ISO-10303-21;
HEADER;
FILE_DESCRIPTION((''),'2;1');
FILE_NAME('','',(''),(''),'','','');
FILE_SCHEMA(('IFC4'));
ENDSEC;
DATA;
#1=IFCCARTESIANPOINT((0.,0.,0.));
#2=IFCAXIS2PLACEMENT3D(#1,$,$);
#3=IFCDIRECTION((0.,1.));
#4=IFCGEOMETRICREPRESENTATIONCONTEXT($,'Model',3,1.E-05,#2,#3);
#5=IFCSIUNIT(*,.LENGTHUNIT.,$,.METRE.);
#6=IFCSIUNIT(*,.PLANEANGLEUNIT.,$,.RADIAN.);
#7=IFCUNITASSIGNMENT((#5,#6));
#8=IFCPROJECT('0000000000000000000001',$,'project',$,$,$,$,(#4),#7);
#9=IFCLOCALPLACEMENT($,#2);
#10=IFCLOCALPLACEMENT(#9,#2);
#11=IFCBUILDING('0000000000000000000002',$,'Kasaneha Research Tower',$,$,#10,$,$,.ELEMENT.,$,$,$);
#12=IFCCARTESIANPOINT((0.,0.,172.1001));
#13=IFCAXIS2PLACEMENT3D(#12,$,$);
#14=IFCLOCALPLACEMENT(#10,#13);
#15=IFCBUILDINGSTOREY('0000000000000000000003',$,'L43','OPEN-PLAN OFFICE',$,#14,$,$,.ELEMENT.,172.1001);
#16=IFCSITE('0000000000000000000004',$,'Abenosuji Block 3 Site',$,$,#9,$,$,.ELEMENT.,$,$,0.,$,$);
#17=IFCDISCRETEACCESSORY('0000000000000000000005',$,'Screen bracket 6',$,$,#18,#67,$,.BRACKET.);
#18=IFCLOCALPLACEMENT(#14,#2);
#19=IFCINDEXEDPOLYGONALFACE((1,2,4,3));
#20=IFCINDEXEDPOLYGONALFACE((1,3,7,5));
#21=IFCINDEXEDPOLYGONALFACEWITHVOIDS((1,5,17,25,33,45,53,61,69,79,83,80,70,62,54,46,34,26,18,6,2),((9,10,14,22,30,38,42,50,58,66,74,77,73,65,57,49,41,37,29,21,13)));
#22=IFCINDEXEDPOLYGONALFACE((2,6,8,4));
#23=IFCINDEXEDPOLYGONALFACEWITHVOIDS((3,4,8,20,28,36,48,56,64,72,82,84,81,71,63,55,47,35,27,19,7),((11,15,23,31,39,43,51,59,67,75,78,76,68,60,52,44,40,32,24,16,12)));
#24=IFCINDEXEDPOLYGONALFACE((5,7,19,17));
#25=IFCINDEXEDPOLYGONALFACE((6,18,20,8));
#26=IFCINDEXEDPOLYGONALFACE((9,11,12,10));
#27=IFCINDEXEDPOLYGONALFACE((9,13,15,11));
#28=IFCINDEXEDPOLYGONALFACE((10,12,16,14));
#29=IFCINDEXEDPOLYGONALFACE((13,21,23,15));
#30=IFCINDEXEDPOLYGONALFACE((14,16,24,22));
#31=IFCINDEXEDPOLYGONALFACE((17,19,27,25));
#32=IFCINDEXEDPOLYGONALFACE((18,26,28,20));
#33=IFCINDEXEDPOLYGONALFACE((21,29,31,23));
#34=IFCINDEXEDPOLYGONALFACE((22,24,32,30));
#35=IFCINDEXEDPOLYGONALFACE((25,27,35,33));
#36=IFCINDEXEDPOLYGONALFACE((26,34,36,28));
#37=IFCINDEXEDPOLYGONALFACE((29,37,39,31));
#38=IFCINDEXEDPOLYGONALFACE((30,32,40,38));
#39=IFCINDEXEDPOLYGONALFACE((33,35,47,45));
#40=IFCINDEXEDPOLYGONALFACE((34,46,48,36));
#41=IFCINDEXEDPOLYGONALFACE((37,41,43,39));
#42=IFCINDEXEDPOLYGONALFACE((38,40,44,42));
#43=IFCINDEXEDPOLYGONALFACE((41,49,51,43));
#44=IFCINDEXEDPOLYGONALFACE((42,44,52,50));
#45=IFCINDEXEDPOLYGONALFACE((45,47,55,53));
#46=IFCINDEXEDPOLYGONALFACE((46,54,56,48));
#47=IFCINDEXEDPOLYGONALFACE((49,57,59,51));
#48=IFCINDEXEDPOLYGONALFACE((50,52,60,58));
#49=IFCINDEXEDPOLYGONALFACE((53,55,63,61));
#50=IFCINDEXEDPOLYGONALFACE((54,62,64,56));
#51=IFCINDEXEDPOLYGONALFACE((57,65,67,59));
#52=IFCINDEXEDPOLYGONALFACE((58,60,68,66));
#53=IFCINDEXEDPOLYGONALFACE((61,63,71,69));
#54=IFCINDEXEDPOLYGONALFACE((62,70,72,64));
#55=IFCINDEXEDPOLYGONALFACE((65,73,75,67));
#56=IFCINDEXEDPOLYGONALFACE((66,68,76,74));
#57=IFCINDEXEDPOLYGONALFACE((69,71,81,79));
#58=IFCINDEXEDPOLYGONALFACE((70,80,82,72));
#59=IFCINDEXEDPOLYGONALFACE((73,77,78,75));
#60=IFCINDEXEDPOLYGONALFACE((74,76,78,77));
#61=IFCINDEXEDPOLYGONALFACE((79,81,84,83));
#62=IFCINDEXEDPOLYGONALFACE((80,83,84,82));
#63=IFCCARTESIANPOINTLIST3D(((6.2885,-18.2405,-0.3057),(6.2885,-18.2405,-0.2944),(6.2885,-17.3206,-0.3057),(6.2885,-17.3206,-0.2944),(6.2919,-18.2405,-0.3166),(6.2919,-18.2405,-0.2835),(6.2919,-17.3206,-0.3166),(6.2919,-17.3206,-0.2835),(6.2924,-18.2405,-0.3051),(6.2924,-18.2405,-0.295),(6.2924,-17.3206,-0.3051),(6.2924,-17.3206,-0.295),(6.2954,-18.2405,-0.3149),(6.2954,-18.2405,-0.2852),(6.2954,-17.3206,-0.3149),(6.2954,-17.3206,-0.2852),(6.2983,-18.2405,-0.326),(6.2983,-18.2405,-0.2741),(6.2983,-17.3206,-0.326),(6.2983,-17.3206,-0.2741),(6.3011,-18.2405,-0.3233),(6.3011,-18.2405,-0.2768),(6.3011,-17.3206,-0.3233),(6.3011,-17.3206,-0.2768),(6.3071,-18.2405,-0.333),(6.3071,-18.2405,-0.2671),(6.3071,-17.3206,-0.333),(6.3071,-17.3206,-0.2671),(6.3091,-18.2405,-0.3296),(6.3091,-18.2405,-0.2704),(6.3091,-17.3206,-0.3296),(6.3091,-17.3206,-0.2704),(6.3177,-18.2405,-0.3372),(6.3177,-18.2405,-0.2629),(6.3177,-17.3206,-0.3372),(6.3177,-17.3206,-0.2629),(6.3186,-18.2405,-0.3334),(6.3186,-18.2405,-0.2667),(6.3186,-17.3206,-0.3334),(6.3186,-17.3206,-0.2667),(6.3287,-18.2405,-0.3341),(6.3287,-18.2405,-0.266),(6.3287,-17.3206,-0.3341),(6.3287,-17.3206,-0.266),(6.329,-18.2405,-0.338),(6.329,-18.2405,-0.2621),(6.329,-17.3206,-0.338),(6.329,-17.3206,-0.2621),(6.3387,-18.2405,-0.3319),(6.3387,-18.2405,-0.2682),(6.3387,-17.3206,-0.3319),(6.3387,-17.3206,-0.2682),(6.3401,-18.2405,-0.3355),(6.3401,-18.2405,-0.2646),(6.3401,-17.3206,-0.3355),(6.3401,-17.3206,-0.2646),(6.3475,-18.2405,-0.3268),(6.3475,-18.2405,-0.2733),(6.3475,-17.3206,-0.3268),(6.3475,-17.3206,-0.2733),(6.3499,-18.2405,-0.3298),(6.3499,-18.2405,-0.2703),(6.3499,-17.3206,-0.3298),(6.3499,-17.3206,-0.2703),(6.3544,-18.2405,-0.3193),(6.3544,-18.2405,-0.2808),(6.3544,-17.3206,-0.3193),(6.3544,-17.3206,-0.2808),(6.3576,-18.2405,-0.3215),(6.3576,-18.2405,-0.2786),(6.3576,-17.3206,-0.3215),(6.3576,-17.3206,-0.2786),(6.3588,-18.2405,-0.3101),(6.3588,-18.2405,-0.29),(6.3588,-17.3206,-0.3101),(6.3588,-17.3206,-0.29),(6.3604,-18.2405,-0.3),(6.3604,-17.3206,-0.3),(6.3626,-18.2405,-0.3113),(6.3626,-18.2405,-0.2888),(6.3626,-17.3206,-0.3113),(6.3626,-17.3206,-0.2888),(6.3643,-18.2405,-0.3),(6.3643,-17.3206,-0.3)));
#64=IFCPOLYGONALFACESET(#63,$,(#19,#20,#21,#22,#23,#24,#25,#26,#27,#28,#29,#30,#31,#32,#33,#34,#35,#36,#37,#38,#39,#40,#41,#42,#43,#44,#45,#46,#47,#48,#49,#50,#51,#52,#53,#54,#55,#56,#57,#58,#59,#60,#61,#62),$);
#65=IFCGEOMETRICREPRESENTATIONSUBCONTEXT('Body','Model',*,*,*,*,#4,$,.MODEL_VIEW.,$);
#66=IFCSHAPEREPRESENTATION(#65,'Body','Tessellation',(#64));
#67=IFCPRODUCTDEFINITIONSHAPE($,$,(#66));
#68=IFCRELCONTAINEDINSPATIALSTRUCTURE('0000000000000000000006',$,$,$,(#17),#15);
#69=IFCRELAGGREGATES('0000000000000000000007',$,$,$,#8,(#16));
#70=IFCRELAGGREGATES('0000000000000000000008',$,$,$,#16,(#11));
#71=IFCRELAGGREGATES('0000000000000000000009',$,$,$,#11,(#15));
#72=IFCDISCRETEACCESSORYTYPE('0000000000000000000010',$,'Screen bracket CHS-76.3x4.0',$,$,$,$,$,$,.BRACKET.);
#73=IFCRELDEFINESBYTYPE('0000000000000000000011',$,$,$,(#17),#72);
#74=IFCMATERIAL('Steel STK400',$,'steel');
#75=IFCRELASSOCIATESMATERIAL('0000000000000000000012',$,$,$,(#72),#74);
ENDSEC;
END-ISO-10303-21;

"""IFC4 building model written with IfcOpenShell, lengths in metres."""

from ifc_helpers import new_model, si_unit, direction, frame, origin, origin_2d, place, context, subcontext, project, spatial, hollow_circle, extrude, material, material_profile, profile_set, type_object, element, save


model = new_model("IFC4")

# Units and contexts
model_context = context("Model", 3, precision=1e-05, world=origin(), true_north=direction((0.0, 1.0)))
body_context = subcontext(model_context, "Body", "Model", "MODEL_VIEW")
ifc_project = project(units=[si_unit("LENGTHUNIT", "METRE"), si_unit("PLANEANGLEUNIT", "RADIAN")], contexts=[model_context])

# Site, building, storey
site_placement = place(None, origin())
site = spatial("IfcSite", under=ifc_project, at=site_placement, Name="Abenosuji Block 3 Site", CompositionType="ELEMENT", RefElevation=0.0)
building_placement = place(site_placement, origin())
building = spatial("IfcBuilding", under=site, at=building_placement, Name="Kasaneha Research Tower", CompositionType="ELEMENT")
storey_placement = place(building_placement, frame((0.0, 0.0, 172.1001)))
storey = spatial("IfcBuildingStorey", under=building, at=storey_placement, Name="L43", Description="OPEN-PLAN OFFICE", CompositionType="ELEMENT", Elevation=172.1001)

# Discrete accessory
ifc_material_1 = material(Name="Steel STK400", Category="steel")
ifc_material_profile_1 = material_profile(ifc_material_1, hollow_circle(Radius=0.0381, WallThickness=0.0039, at=origin_2d()), Name="CHS-76.3x4.0")
ifc_profile_set_1 = profile_set([ifc_material_profile_1], Name="Steel STK400")
discrete_accessory_type = type_object("IfcDiscreteAccessoryType", Name="Screen bracket CHS-76.3x4.0", PredefinedType="BRACKET", material=ifc_profile_set_1)
for number, where, z_axis, x_axis, name in (
    (1, (6.3262, -17.3206, -0.3), (0.0, -1.0, 0.0), (1.0, 0.0, 0.0), "Screen bracket 6"),
):
    element("IfcDiscreteAccessory", number, at=place(storey_placement, frame(where, z_axis=z_axis, x_axis=x_axis)), inside=storey, type_object=discrete_accessory_type, Name=name, PredefinedType="BRACKET", context=body_context, shape_type="SweptSolid", body=[
        extrude(hollow_circle(Radius=0.0381, WallThickness=0.0039, at=origin_2d()), origin(), (0.0, 0.0, 1.0), 0.9199),
    ])

save(model, "model.ifc")
